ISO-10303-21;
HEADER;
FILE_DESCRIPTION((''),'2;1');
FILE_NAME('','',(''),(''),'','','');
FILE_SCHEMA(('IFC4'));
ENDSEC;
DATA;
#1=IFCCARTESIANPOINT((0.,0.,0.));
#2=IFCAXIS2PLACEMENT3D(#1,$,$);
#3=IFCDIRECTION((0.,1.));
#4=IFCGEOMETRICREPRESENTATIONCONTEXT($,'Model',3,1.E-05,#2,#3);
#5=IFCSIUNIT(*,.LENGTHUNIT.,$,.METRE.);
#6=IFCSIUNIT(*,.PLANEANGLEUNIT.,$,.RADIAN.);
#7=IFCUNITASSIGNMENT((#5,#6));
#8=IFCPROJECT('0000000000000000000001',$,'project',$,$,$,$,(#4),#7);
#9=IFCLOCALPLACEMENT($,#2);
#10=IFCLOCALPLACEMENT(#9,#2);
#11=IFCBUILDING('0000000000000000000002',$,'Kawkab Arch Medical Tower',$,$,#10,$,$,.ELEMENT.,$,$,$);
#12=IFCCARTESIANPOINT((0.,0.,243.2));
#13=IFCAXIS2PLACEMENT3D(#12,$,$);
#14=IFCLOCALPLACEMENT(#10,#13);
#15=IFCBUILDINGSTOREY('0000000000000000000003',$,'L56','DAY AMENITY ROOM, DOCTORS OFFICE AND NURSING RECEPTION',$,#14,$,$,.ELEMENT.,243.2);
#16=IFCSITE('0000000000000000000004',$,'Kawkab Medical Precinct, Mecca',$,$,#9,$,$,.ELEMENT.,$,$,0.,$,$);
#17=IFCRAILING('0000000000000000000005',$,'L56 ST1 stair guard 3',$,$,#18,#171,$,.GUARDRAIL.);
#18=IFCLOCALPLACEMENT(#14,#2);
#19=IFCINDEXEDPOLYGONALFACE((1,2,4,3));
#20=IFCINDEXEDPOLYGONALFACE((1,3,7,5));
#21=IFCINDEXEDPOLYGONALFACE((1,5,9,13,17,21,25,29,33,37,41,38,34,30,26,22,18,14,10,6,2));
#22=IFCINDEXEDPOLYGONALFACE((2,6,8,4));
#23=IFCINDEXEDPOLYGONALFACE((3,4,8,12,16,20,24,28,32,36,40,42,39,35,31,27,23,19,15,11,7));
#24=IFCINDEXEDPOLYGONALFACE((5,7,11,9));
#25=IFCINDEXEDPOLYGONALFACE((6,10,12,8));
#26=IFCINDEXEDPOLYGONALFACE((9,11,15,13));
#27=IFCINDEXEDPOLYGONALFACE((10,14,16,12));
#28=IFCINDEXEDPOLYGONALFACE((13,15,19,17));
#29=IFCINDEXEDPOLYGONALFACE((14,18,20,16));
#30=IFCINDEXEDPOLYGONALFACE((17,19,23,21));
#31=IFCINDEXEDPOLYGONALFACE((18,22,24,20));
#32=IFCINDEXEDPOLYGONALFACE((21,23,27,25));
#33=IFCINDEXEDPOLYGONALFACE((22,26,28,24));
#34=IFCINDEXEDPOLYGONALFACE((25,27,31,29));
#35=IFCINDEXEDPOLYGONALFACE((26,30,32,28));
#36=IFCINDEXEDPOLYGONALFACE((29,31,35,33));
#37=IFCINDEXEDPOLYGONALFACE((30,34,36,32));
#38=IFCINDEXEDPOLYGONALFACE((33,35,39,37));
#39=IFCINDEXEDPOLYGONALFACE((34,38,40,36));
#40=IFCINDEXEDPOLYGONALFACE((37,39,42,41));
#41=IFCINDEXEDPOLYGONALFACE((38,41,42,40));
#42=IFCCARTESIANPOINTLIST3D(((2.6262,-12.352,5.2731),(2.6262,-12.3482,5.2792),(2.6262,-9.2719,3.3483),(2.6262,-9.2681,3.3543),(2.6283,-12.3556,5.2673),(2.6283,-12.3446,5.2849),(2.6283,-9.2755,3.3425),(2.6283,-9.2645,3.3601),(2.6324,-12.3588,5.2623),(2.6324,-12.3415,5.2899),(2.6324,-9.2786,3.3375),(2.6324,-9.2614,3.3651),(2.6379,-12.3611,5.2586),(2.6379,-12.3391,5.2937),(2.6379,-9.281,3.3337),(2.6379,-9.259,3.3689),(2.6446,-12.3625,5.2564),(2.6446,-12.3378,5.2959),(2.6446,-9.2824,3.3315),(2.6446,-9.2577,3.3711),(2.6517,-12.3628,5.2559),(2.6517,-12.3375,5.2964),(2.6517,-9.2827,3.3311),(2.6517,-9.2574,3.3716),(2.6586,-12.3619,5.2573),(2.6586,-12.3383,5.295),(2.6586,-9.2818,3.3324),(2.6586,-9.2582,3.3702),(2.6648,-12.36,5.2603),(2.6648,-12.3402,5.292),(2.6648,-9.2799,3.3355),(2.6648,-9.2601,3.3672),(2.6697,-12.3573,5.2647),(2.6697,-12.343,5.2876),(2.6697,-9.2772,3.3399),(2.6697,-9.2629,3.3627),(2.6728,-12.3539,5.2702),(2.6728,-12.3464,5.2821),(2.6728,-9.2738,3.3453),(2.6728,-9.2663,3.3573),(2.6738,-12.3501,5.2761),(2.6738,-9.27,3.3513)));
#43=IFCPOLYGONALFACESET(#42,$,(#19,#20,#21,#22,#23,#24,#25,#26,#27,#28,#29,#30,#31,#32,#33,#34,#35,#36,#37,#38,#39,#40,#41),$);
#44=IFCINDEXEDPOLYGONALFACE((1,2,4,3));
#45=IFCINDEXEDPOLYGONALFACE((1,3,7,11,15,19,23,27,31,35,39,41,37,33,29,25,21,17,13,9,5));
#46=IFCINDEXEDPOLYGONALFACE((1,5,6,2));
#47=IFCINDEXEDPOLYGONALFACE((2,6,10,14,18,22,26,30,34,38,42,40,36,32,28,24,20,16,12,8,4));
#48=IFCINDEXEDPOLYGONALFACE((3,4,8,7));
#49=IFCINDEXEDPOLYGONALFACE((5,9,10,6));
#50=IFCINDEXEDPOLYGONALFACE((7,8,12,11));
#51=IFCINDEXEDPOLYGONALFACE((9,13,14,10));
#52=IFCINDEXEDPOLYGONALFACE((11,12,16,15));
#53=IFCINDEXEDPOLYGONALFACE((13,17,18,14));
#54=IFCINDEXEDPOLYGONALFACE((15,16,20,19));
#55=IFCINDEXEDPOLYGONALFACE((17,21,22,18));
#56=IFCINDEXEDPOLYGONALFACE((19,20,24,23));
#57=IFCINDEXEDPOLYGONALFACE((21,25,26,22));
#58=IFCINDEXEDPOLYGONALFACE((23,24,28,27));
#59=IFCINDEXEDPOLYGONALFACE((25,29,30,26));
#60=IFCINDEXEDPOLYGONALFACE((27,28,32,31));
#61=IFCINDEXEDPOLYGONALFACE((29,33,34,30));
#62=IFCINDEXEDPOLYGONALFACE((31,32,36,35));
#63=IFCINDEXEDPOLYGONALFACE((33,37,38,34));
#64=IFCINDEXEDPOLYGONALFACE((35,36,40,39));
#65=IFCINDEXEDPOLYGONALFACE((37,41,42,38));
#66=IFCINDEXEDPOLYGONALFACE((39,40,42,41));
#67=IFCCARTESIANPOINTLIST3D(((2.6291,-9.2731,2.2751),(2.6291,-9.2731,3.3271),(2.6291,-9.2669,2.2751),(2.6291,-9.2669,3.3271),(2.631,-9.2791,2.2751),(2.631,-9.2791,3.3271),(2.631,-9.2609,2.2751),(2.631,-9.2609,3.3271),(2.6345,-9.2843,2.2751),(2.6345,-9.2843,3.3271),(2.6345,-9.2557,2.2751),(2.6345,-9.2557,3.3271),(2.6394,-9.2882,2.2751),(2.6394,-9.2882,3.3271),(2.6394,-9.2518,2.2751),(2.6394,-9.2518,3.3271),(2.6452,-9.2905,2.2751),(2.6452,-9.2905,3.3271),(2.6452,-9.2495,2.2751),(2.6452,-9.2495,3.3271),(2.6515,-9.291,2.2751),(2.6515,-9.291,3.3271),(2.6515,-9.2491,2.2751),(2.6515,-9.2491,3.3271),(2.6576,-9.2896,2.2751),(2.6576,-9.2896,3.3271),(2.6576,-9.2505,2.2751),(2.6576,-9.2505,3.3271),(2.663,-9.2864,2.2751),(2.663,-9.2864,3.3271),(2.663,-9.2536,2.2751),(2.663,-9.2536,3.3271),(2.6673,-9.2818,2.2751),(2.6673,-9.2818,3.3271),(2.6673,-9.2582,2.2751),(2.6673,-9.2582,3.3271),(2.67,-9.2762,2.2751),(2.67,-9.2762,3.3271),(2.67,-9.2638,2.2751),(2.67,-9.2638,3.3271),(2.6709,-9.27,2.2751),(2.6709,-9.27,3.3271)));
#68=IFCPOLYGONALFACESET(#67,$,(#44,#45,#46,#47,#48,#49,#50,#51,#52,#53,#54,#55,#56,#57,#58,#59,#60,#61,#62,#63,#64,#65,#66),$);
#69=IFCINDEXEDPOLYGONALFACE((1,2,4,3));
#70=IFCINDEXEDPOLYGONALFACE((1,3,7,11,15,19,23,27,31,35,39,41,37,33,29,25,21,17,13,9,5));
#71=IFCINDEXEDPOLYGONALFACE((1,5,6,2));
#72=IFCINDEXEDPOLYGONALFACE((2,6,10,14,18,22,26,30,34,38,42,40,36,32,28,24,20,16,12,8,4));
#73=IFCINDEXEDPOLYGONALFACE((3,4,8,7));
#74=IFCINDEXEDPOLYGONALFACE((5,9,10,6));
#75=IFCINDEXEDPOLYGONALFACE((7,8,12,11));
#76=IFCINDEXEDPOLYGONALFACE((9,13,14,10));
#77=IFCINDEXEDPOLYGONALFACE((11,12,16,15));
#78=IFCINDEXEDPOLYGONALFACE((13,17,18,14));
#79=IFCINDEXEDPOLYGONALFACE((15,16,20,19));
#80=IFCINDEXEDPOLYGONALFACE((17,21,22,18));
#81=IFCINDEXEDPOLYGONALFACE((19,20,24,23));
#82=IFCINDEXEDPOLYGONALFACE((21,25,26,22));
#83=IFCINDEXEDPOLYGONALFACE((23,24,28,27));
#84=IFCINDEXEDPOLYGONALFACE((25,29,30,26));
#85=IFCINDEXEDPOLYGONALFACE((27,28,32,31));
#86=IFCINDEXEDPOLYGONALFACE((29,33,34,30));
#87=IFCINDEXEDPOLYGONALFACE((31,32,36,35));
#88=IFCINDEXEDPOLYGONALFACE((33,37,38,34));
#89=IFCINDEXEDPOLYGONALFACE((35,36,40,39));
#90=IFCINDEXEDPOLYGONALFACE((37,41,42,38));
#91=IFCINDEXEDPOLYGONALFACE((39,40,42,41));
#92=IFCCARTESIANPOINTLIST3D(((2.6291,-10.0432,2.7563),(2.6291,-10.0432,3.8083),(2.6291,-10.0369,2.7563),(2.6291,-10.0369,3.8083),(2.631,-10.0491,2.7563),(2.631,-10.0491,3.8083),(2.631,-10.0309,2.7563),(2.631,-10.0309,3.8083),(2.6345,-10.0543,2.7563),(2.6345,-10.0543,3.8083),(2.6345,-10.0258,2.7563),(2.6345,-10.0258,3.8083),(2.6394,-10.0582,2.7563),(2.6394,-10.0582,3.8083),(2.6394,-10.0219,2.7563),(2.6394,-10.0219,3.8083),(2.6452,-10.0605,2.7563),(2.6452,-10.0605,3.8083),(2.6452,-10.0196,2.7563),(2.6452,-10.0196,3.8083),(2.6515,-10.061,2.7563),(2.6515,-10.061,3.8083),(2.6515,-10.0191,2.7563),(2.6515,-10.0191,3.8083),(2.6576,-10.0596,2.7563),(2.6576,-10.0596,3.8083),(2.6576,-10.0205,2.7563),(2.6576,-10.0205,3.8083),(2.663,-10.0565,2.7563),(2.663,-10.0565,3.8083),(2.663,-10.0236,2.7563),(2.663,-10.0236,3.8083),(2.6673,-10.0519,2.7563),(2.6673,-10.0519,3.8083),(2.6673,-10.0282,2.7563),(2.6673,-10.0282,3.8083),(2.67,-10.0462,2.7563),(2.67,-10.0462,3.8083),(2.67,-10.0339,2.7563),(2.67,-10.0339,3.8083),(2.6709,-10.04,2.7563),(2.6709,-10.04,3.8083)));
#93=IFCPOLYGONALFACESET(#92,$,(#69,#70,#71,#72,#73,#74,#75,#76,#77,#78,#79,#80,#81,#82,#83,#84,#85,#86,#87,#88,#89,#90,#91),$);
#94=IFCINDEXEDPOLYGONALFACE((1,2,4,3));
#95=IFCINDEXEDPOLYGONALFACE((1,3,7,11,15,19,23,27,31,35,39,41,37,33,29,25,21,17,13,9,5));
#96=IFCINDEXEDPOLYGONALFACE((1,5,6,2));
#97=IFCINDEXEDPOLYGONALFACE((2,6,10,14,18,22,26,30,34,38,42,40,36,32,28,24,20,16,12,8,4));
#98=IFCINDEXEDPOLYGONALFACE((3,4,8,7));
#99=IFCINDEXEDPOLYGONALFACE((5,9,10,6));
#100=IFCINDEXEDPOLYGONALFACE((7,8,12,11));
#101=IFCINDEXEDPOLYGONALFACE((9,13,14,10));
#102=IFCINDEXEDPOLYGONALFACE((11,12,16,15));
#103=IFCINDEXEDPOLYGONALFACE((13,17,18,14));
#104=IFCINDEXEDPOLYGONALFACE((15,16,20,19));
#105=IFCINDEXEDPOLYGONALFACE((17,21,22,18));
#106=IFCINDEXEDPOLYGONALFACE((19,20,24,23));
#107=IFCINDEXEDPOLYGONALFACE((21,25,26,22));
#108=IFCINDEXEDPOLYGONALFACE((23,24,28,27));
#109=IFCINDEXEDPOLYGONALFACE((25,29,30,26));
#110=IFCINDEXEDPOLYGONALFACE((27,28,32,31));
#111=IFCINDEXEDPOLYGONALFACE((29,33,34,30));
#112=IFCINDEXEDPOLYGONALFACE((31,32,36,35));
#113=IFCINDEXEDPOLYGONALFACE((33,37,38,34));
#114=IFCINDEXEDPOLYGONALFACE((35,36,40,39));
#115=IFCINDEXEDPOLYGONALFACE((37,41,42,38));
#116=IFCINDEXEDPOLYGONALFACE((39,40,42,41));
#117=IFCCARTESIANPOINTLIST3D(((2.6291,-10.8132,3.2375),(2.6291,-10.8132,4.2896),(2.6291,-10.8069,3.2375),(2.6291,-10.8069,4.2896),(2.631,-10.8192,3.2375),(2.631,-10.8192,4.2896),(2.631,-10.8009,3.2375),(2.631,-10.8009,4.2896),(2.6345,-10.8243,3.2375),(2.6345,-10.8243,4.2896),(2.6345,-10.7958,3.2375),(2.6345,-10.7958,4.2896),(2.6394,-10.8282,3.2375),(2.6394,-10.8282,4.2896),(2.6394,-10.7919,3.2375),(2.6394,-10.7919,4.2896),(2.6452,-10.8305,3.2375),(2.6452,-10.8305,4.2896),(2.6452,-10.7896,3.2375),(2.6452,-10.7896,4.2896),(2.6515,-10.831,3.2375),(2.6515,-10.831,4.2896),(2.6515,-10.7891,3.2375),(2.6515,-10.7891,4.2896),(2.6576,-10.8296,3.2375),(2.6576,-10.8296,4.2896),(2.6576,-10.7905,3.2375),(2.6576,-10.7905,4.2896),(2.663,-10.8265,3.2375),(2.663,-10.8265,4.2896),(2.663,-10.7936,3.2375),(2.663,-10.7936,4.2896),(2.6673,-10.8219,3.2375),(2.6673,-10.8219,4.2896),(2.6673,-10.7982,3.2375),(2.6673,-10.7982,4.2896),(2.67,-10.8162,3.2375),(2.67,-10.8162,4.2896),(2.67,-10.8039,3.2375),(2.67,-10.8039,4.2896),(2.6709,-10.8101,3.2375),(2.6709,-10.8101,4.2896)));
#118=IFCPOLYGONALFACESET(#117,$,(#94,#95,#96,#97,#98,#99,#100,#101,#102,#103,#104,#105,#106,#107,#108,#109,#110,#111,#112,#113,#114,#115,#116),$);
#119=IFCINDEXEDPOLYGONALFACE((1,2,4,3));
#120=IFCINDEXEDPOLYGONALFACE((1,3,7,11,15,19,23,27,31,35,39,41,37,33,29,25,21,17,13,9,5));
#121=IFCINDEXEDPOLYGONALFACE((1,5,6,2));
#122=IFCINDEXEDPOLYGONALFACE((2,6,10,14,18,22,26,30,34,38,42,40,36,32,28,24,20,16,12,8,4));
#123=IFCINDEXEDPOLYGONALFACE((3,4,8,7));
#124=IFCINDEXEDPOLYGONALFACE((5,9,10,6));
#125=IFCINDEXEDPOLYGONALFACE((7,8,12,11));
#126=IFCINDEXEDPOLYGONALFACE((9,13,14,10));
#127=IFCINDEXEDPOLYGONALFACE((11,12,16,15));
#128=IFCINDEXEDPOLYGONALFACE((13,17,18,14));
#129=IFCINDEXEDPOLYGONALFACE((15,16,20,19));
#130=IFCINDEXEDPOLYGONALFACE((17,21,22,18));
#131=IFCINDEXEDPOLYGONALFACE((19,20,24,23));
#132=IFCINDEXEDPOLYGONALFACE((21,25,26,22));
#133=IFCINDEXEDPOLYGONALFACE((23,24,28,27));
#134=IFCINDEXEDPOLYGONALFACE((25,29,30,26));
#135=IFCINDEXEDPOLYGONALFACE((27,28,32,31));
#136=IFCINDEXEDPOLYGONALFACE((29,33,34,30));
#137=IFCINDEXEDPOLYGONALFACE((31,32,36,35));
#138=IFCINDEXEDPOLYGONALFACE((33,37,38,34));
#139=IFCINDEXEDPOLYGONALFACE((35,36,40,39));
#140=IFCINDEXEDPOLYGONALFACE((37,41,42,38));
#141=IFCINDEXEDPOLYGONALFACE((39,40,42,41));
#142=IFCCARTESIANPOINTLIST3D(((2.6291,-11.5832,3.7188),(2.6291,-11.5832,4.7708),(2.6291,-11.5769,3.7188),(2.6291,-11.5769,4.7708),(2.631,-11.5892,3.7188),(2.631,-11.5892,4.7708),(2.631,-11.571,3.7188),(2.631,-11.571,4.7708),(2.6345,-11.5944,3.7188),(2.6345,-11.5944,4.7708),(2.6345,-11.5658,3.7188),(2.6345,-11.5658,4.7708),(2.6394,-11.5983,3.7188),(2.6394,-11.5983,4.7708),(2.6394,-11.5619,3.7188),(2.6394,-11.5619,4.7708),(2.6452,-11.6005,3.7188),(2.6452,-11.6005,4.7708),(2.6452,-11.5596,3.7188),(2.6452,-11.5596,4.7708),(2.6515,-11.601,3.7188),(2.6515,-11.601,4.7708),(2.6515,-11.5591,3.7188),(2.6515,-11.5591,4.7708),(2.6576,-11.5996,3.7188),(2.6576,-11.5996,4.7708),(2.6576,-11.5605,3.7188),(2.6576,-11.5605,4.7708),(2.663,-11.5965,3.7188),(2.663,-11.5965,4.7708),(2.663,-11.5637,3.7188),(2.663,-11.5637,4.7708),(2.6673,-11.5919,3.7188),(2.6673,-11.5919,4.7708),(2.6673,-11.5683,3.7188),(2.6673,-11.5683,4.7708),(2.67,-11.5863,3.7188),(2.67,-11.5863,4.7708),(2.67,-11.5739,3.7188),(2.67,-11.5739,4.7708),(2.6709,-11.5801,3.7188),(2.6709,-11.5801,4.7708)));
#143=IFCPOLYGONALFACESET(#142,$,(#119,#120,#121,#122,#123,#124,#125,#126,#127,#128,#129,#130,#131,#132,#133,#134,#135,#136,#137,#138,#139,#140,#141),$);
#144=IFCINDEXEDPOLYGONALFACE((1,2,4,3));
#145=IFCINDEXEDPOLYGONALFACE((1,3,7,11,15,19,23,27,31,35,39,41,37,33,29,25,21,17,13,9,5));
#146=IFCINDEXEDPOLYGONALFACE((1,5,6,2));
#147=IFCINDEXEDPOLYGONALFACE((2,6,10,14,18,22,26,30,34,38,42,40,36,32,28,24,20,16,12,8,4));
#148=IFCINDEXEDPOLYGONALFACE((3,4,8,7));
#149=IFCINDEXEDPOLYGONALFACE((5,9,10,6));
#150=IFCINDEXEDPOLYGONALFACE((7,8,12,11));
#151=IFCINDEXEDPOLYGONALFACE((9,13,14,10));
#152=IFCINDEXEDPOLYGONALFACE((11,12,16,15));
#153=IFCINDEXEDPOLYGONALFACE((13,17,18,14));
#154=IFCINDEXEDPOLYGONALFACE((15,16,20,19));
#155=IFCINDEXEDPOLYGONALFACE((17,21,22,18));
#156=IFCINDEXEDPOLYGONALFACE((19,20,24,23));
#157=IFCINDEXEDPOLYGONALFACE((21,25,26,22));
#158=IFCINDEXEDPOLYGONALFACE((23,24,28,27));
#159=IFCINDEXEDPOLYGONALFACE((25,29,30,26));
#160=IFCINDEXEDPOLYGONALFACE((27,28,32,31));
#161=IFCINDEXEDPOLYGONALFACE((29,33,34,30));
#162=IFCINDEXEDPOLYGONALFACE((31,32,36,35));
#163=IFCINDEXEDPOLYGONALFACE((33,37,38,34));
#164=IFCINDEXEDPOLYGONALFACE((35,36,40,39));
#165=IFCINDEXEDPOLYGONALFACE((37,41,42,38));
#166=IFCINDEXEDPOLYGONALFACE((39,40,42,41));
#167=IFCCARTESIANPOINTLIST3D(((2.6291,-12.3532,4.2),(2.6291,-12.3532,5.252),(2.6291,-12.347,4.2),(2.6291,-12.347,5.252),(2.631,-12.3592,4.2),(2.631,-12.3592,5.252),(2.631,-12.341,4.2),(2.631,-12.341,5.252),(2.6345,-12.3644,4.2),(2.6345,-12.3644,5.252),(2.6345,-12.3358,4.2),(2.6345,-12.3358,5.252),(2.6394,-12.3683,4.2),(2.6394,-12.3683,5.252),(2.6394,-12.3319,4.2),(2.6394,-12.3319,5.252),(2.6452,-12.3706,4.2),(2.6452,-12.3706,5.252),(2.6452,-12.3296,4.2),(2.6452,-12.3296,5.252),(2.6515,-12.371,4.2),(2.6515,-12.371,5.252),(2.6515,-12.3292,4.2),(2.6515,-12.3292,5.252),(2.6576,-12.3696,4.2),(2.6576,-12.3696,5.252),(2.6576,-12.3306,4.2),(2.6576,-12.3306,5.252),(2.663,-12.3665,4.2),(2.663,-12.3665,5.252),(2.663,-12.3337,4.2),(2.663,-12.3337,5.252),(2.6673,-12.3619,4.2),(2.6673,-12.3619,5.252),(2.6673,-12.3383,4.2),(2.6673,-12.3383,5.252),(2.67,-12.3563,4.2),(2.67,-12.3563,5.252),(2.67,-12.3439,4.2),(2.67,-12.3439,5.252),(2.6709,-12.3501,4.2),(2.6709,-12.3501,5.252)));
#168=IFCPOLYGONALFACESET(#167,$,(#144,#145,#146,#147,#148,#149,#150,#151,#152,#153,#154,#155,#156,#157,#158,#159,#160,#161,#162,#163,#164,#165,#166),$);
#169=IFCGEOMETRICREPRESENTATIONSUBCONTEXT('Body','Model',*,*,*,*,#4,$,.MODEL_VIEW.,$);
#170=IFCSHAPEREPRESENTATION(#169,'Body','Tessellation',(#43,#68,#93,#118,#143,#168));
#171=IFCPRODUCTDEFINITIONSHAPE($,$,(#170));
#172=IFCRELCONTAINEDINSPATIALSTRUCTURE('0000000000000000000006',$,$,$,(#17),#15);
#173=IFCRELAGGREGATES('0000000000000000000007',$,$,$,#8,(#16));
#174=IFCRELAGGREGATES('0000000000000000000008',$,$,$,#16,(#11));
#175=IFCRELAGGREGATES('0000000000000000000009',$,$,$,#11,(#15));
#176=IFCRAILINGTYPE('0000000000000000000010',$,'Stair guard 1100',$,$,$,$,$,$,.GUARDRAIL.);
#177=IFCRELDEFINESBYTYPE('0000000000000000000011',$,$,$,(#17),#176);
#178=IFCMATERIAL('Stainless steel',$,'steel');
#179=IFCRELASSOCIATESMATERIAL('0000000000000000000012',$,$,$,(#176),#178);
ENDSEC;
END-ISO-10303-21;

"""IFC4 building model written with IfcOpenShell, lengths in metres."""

from ifc_helpers import new_model, si_unit, direction, frame, origin, origin_2d, place, context, subcontext, project, spatial, circle, extrude, material, type_object, element, save


model = new_model("IFC4")

# Units and contexts
model_context = context("Model", 3, precision=1e-05, world=origin(), true_north=direction((0.0, 1.0)))
body_context = subcontext(model_context, "Body", "Model", "MODEL_VIEW")
ifc_project = project(units=[si_unit("LENGTHUNIT", "METRE"), si_unit("PLANEANGLEUNIT", "RADIAN")], contexts=[model_context])

# Site, building, storey
site_placement = place(None, origin())
site = spatial("IfcSite", under=ifc_project, at=site_placement, Name="Kawkab Medical Precinct, Mecca", CompositionType="ELEMENT", RefElevation=0.0)
building_placement = place(site_placement, origin())
building = spatial("IfcBuilding", under=site, at=building_placement, Name="Kawkab Arch Medical Tower", CompositionType="ELEMENT")
storey_placement = place(building_placement, frame((0.0, 0.0, 243.2)))
storey = spatial("IfcBuildingStorey", under=building, at=storey_placement, Name="L56", Description="DAY AMENITY ROOM, DOCTORS OFFICE AND NURSING RECEPTION", CompositionType="ELEMENT", Elevation=243.2)

# Railing
ifc_material_1 = material(Name="Stainless steel", Category="steel")
railing_type_1 = type_object("IfcRailingType", Name="Stair guard 1100", PredefinedType="GUARDRAIL", material=ifc_material_1)
railing_1_placement = place(storey_placement, frame((2.6499, -9.27, 2.2751)))
element("IfcRailing", 1, at=railing_1_placement, inside=storey, type_object=railing_type_1, Name="L56 ST1 stair guard 3", PredefinedType="GUARDRAIL", context=body_context, shape_type="SweptSolid", body=[
    extrude(circle(Radius=0.0239, at=origin_2d()), frame((0.0, 0.0, 1.0762), z_axis=(0.0, -0.848029, 0.529951), x_axis=(1.0, 0.0, 0.0)), (0.0, 0.0, 1.0), 3.6321),
    extrude(circle(Radius=0.021, at=origin_2d()), origin(), (0.0, 0.0, 1.0), 1.052),
    extrude(circle(Radius=0.021, at=origin_2d()), frame((0.0, -0.77, 0.4812)), (0.0, 0.0, 1.0), 1.052),
    extrude(circle(Radius=0.021, at=origin_2d()), frame((0.0, -1.54, 0.9624)), (0.0, 0.0, 1.0), 1.052),
    extrude(circle(Radius=0.021, at=origin_2d()), frame((0.0, -2.3101, 1.4436)), (0.0, 0.0, 1.0), 1.052),
    extrude(circle(Radius=0.021, at=origin_2d()), frame((0.0, -3.0801, 1.9248)), (0.0, 0.0, 1.0), 1.052),
])

save(model, "model.ifc")
